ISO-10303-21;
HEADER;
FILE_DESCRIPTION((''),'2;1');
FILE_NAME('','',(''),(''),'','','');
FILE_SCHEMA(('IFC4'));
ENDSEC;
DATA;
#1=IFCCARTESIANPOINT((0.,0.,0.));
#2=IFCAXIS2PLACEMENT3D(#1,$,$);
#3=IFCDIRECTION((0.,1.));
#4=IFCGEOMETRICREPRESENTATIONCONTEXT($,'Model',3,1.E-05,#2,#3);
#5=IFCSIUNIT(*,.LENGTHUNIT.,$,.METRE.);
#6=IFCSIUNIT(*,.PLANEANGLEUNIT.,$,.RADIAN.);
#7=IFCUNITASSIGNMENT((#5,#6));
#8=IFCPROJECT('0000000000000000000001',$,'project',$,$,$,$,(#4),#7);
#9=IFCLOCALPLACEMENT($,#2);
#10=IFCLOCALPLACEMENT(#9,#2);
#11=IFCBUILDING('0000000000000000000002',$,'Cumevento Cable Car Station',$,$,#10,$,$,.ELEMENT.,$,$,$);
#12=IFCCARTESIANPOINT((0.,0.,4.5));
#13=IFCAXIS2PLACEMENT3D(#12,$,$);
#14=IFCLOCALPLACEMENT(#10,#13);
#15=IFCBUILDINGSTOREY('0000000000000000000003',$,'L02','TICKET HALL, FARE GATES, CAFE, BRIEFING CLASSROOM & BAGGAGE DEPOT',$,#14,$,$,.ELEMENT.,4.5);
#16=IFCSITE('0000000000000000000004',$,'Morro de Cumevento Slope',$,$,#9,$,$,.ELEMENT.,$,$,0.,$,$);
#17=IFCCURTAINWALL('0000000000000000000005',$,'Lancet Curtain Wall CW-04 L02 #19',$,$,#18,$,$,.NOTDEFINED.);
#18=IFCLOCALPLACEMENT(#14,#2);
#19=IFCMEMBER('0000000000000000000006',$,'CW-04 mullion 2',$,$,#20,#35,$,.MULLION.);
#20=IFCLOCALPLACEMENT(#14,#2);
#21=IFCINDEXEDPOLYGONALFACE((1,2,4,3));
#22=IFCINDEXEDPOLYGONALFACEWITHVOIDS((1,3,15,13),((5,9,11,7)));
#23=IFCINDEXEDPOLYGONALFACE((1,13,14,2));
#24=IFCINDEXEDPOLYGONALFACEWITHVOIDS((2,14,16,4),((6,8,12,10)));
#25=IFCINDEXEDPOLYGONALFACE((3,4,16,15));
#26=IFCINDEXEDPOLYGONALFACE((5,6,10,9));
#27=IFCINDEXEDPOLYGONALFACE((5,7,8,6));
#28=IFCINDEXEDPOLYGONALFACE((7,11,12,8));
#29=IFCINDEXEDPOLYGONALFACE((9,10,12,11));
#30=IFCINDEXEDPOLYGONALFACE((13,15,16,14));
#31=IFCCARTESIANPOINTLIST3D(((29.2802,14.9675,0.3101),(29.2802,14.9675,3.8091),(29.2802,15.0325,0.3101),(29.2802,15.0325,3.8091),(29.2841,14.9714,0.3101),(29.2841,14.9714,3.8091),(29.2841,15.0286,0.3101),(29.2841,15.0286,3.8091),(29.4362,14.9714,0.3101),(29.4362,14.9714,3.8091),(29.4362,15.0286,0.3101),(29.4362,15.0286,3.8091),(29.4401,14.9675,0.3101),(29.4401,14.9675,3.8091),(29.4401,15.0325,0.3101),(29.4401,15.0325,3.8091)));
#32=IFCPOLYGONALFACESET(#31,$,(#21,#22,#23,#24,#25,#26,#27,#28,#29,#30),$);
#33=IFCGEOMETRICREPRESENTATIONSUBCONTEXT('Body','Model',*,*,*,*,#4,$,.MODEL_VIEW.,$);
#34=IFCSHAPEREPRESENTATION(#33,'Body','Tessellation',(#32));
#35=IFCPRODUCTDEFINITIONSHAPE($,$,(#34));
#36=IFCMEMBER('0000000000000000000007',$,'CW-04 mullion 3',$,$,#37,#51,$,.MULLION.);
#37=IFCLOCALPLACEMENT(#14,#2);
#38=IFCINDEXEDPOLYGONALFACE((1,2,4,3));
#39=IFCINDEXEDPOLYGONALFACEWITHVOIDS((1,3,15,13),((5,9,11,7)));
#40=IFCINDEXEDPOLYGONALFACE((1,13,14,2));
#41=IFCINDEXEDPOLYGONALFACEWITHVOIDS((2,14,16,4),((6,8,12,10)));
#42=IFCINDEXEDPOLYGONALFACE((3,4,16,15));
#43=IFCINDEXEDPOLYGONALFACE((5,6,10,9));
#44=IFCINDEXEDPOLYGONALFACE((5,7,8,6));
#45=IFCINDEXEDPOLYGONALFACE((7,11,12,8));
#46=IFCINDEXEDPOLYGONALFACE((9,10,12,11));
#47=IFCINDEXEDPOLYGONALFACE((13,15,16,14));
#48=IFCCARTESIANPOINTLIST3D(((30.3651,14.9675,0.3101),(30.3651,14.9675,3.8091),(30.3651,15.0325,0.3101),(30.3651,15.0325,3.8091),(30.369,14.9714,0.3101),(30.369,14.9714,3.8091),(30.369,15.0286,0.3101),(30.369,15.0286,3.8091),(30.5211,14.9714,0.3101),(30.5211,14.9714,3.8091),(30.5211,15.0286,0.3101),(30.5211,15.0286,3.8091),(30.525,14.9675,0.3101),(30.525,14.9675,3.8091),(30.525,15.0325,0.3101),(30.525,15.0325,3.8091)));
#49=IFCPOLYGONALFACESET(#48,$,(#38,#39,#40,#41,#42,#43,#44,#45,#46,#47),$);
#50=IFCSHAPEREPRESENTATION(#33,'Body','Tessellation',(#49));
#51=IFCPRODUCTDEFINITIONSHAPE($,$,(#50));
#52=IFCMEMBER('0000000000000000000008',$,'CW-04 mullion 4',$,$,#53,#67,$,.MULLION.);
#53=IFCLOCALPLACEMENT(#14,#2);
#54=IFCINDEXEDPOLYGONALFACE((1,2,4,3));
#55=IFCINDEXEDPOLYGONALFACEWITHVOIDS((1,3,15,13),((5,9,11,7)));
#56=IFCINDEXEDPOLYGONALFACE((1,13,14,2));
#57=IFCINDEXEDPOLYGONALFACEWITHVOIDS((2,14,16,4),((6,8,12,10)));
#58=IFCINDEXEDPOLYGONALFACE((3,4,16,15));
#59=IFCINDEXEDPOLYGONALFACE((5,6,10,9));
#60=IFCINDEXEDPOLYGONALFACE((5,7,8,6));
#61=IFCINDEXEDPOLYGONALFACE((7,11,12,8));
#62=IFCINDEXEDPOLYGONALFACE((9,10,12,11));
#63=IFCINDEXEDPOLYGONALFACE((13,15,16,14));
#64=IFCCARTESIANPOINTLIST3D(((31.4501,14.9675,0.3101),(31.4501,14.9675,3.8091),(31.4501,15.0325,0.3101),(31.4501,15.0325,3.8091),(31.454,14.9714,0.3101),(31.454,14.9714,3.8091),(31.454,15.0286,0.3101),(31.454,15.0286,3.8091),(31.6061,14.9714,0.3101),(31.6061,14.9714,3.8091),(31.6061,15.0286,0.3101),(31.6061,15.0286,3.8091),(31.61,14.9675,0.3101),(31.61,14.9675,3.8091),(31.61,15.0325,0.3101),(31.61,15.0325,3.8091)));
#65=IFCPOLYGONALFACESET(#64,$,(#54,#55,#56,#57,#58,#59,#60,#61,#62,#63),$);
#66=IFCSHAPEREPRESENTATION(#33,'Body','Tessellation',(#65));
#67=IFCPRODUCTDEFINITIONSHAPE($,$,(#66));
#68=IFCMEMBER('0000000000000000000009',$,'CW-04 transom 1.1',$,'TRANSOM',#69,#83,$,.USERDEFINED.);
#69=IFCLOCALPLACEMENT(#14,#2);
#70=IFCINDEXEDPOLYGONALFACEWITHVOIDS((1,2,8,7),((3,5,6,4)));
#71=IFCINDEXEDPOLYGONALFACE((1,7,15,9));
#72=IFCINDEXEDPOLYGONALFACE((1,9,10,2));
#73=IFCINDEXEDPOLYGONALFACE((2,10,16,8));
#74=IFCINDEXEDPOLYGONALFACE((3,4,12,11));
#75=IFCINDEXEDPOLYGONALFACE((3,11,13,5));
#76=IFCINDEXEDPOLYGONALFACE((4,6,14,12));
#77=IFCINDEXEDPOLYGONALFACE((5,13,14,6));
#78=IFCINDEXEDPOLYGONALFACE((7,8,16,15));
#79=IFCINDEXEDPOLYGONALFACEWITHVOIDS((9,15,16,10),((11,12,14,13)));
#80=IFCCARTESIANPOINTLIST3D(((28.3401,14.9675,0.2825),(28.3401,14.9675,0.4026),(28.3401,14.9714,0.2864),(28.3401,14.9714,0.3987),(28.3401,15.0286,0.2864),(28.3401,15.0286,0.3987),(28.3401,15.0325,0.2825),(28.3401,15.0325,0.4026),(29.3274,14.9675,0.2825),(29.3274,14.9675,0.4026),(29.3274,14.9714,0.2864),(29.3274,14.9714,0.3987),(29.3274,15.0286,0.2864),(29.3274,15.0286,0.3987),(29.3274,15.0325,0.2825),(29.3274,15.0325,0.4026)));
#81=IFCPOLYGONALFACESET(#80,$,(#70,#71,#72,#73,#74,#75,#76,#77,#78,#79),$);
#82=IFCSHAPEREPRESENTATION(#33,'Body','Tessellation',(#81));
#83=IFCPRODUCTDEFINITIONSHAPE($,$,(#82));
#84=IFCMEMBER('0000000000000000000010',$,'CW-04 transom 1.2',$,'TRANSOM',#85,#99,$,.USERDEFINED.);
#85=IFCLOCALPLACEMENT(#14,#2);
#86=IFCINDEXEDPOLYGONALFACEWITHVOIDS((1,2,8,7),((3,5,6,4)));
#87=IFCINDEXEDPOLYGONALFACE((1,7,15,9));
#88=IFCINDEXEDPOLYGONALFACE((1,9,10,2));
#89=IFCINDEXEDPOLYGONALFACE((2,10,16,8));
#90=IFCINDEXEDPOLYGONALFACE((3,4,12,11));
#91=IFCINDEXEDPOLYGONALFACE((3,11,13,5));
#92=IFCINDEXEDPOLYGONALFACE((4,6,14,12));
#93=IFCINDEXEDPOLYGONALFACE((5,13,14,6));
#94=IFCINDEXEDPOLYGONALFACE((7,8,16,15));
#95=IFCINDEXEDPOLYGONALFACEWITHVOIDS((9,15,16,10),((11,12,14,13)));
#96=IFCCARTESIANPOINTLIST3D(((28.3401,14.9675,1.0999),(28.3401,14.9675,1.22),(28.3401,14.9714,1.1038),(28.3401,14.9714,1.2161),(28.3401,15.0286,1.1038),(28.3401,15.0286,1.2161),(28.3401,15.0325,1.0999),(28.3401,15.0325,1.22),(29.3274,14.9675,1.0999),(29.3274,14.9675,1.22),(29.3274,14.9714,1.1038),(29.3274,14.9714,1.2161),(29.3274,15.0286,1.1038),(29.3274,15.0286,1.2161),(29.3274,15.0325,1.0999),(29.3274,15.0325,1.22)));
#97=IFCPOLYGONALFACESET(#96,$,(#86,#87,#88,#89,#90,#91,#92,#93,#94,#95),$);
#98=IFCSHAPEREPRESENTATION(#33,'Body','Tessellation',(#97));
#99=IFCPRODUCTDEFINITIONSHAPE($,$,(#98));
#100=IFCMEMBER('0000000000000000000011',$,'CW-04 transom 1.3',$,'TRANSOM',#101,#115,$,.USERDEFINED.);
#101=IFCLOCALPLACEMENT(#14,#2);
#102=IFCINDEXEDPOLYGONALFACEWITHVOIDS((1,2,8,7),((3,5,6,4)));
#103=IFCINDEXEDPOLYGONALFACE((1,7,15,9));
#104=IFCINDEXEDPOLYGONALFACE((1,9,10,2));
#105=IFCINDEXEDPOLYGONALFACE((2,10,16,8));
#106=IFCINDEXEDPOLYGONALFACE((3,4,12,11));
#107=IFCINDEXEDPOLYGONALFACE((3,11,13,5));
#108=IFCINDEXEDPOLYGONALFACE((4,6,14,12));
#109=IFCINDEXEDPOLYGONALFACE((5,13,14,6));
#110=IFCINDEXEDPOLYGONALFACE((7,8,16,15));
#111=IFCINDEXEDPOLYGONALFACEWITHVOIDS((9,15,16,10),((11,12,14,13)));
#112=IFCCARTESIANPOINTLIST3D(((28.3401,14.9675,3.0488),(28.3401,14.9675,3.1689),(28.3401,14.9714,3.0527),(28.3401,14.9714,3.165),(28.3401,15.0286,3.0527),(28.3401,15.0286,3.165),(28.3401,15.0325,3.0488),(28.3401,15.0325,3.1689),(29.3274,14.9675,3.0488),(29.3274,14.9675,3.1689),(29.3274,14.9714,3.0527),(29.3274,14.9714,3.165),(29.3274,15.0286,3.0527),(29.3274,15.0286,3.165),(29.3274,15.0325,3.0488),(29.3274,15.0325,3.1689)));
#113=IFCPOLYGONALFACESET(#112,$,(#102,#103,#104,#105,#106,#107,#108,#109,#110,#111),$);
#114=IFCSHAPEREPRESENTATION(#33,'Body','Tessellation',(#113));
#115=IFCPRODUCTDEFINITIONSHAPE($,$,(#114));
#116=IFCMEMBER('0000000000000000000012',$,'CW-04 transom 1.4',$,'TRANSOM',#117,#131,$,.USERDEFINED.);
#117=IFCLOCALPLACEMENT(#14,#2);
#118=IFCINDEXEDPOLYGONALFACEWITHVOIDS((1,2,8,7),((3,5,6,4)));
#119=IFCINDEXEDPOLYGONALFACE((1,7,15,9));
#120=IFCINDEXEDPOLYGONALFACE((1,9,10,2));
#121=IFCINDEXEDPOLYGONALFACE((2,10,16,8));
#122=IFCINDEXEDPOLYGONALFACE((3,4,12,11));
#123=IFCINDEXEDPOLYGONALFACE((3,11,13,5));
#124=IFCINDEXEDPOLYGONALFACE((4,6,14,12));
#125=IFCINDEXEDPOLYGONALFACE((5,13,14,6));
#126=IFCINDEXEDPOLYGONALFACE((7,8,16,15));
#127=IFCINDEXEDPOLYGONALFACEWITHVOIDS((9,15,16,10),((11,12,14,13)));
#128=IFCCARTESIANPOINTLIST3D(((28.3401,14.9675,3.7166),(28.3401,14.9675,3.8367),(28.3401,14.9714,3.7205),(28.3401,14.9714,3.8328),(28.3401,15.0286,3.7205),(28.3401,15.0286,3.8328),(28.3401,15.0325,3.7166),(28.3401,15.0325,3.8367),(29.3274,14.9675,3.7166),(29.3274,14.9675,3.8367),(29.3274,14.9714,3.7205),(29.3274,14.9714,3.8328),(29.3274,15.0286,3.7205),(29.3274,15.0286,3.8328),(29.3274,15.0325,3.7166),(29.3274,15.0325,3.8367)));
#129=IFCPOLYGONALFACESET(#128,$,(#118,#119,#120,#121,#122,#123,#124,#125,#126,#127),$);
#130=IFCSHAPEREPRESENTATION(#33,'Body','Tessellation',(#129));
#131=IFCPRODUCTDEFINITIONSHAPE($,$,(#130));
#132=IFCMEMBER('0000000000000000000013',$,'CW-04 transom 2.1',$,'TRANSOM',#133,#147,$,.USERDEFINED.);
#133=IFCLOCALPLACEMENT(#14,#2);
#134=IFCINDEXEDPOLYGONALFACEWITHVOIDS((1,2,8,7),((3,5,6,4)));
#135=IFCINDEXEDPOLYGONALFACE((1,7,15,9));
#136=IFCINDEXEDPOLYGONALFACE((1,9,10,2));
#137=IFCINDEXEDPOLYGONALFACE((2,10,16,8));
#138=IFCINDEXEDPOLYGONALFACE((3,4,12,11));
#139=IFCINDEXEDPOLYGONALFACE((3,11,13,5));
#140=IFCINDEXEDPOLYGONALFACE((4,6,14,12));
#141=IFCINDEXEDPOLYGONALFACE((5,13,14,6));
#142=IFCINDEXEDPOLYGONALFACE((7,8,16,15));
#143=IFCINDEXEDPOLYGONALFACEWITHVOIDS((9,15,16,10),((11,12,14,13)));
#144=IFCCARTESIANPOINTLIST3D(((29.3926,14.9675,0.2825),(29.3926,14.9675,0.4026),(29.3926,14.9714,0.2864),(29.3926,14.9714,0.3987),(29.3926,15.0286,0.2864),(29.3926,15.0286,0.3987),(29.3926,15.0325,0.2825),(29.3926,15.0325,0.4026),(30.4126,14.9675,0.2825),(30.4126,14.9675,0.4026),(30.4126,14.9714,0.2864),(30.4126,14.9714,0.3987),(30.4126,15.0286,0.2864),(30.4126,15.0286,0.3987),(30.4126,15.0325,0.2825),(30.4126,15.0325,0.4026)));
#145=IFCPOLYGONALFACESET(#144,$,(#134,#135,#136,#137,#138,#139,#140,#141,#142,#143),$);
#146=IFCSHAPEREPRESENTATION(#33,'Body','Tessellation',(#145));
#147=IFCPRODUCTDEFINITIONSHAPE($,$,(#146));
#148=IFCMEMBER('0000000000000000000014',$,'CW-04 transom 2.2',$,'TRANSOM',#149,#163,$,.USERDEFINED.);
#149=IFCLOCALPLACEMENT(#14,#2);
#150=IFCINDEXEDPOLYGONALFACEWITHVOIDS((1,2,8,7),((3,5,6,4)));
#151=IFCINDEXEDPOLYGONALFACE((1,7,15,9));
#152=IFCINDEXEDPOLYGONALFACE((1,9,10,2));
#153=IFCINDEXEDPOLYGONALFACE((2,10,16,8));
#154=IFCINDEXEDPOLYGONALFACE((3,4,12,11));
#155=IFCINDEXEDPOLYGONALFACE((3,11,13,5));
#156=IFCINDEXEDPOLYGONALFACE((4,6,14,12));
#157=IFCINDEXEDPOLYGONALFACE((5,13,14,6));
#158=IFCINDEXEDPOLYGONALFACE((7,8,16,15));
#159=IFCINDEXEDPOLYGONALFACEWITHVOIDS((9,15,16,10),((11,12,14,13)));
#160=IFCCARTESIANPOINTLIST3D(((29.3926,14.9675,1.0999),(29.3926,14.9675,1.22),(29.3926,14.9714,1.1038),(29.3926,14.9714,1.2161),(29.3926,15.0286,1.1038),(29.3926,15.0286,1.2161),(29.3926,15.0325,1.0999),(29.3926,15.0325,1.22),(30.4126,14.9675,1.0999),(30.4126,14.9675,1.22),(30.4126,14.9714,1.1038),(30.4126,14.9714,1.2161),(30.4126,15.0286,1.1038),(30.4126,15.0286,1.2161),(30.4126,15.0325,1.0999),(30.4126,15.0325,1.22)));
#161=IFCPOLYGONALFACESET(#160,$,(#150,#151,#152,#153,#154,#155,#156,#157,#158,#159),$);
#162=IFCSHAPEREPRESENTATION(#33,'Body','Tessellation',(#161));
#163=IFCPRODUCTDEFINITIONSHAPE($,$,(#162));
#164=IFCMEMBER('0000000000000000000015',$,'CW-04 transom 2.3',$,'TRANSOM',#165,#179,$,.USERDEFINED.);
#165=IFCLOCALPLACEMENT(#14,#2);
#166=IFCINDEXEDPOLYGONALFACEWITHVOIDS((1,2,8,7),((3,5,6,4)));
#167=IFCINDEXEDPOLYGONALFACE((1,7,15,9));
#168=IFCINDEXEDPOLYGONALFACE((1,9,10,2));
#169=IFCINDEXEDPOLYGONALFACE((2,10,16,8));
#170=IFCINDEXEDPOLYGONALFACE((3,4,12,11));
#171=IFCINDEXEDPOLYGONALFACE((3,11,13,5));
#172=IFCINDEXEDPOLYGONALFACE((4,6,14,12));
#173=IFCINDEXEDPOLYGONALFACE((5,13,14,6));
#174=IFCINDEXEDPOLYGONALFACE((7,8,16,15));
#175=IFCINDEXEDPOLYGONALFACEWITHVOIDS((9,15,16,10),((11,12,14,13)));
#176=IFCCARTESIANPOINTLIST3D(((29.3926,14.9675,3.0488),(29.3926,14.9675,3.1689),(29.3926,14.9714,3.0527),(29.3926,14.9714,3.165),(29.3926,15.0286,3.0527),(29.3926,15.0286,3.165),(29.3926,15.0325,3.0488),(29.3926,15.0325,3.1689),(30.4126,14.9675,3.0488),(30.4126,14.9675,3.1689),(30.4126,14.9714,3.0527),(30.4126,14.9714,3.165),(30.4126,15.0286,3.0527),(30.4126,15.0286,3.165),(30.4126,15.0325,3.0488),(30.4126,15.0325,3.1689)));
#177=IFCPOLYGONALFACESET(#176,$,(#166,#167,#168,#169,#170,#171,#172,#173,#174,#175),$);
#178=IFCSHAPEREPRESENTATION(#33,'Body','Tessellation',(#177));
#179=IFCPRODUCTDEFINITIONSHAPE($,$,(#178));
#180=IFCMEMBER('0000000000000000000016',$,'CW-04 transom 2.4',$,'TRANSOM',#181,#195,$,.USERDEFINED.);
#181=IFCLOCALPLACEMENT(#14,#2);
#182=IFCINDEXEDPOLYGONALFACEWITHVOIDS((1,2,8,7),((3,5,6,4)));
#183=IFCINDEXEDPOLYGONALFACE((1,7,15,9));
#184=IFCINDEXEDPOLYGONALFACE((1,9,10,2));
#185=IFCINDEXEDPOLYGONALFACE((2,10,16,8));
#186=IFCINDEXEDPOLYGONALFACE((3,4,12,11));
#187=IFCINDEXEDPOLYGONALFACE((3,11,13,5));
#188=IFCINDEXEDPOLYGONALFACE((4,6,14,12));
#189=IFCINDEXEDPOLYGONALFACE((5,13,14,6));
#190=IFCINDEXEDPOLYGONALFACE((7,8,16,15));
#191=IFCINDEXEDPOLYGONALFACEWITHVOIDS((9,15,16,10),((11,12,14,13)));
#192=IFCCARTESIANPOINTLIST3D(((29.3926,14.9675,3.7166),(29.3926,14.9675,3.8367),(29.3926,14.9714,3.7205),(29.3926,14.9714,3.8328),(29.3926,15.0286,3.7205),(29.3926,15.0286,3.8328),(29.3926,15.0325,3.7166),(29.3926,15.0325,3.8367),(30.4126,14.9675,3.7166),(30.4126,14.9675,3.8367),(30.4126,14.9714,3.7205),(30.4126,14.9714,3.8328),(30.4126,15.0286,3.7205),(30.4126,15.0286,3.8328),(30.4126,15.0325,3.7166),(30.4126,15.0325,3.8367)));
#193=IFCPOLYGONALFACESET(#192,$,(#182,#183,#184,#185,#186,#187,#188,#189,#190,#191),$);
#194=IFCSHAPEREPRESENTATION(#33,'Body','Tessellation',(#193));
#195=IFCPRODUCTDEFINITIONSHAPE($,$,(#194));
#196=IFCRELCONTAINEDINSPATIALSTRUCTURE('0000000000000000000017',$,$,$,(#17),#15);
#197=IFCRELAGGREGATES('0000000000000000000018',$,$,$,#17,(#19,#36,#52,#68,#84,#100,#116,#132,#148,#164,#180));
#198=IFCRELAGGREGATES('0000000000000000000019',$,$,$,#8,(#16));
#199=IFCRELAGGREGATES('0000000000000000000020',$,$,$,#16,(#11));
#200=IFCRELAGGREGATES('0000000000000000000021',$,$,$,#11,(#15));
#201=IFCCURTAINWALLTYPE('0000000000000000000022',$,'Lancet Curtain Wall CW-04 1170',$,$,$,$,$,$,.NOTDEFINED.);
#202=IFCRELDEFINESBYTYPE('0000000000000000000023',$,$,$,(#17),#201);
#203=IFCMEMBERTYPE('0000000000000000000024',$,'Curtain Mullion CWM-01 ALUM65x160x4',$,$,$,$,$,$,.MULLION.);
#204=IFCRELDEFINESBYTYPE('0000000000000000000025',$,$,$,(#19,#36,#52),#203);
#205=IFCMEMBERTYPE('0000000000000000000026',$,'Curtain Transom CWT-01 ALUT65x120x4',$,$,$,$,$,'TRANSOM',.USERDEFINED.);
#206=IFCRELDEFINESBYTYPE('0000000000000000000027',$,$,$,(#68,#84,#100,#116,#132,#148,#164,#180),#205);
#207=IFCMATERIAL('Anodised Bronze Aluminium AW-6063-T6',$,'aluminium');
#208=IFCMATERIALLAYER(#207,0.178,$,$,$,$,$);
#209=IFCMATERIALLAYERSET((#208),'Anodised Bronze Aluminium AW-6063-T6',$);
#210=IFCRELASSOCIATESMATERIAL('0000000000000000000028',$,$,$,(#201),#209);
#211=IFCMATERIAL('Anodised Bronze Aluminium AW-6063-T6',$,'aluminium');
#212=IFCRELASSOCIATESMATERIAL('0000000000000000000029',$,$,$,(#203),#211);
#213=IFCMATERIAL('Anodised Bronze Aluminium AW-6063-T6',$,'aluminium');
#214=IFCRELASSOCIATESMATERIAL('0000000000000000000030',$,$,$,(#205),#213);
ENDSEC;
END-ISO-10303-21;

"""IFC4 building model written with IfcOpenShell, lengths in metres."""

from ifc_helpers import new_model, si_unit, direction, frame, origin, origin_2d, place, context, subcontext, project, spatial, hollow_rectangle, extrude, material, layer, layer_set, material_profile, profile_set, type_object, element, aggregate, save


model = new_model("IFC4")

# Units and contexts
model_context = context("Model", 3, precision=1e-05, world=origin(), true_north=direction((0.0, 1.0)))
body_context = subcontext(model_context, "Body", "Model", "MODEL_VIEW")
ifc_project = project(units=[si_unit("LENGTHUNIT", "METRE"), si_unit("PLANEANGLEUNIT", "RADIAN")], contexts=[model_context])

# Site, building, storey
site_placement = place(None, origin())
site = spatial("IfcSite", under=ifc_project, at=site_placement, Name="Morro de Cumevento Slope", CompositionType="ELEMENT", RefElevation=0.0)
building_placement = place(site_placement, origin())
building = spatial("IfcBuilding", under=site, at=building_placement, Name="Cumevento Cable Car Station", CompositionType="ELEMENT")
storey_placement = place(building_placement, frame((0.0, 0.0, 4.5)))
storey = spatial("IfcBuildingStorey", under=building, at=storey_placement, Name="L02", Description="TICKET HALL, FARE GATES, CAFE, BRIEFING CLASSROOM & BAGGAGE DEPOT", CompositionType="ELEMENT", Elevation=4.5)

# Curtain wall, members
ifc_material_1 = material(Name="Anodised Bronze Aluminium AW-6063-T6", Category="aluminium")
ifc_layer_1 = layer(ifc_material_1, 0.178)
ifc_layer_set_1 = layer_set([ifc_layer_1], Name="Anodised Bronze Aluminium AW-6063-T6")
curtain_wall_type = type_object("IfcCurtainWallType", Name="Lancet Curtain Wall CW-04 1170", PredefinedType="NOTDEFINED", material=ifc_layer_set_1)
curtain_wall_placement = place(storey_placement, origin())
curtain_wall = element("IfcCurtainWall", 1, at=curtain_wall_placement, inside=storey, type_object=curtain_wall_type, Name="Lancet Curtain Wall CW-04 L02 #19", PredefinedType="NOTDEFINED")
ifc_material_2 = material(Name="Anodised Bronze Aluminium AW-6063-T6", Category="aluminium")
ifc_material_profile_1 = material_profile(ifc_material_2, hollow_rectangle(XDim=0.0649, YDim=0.1599, WallThickness=0.0039, at=origin_2d()), Name="ALUM65x160x4")
ifc_profile_set_1 = profile_set([ifc_material_profile_1], Name="Anodised Bronze Aluminium AW-6063-T6")
member_type_1 = type_object("IfcMemberType", Name="Curtain Mullion CWM-01 ALUM65x160x4", PredefinedType="MULLION", material=ifc_profile_set_1)
member_1_placement = place(storey_placement, frame((29.3601, 15.0, 0.3101), z_axis=(0.0, 0.0, 1.0), x_axis=(0.0, 1.0, 0.0)))
member_1 = element("IfcMember", 2, at=member_1_placement, type_object=member_type_1, Name="CW-04 mullion 2", PredefinedType="MULLION", context=body_context, shape_type="SweptSolid", body=[
    extrude(hollow_rectangle(XDim=0.0649, YDim=0.1599, WallThickness=0.0039, at=origin_2d()), origin(), (0.0, 0.0, 1.0), 3.499),
])
member_2_placement = place(storey_placement, frame((30.4451, 15.0, 0.3101), z_axis=(0.0, 0.0, 1.0), x_axis=(0.0, 1.0, 0.0)))
member_2 = element("IfcMember", 3, at=member_2_placement, type_object=member_type_1, Name="CW-04 mullion 3", PredefinedType="MULLION", context=body_context, shape_type="SweptSolid", body=[
    extrude(hollow_rectangle(XDim=0.0649, YDim=0.1599, WallThickness=0.0039, at=origin_2d()), origin(), (0.0, 0.0, 1.0), 3.499),
])
member_3_placement = place(storey_placement, frame((31.53, 15.0, 0.3101), z_axis=(0.0, 0.0, 1.0), x_axis=(0.0, 1.0, 0.0)))
member_3 = element("IfcMember", 4, at=member_3_placement, type_object=member_type_1, Name="CW-04 mullion 4", PredefinedType="MULLION", context=body_context, shape_type="SweptSolid", body=[
    extrude(hollow_rectangle(XDim=0.0649, YDim=0.1599, WallThickness=0.0039, at=origin_2d()), origin(), (0.0, 0.0, 1.0), 3.499),
])
ifc_material_3 = material(Name="Anodised Bronze Aluminium AW-6063-T6", Category="aluminium")
ifc_material_profile_2 = material_profile(ifc_material_3, hollow_rectangle(XDim=0.0649, YDim=0.1201, WallThickness=0.0039, at=origin_2d()), Name="ALUT65x120x4")
ifc_profile_set_2 = profile_set([ifc_material_profile_2], Name="Anodised Bronze Aluminium AW-6063-T6")
member_type_2 = type_object("IfcMemberType", Name="Curtain Transom CWT-01 ALUT65x120x4", ElementType="TRANSOM", PredefinedType="USERDEFINED", material=ifc_profile_set_2)
member_4_placement = place(storey_placement, frame((28.3401, 15.0, 0.3425), z_axis=(1.0, 0.0, 0.0), x_axis=(0.0, 1.0, 0.0)))
member_4 = element("IfcMember", 5, at=member_4_placement, type_object=member_type_2, Name="CW-04 transom 1.1", ObjectType="TRANSOM", PredefinedType="USERDEFINED", context=body_context, shape_type="SweptSolid", body=[
    extrude(hollow_rectangle(XDim=0.0649, YDim=0.1201, WallThickness=0.0039, at=origin_2d()), origin(), (0.0, 0.0, 1.0), 0.9873),
])
member_5_placement = place(storey_placement, frame((28.3401, 15.0, 1.1599), z_axis=(1.0, 0.0, 0.0), x_axis=(0.0, 1.0, 0.0)))
member_5 = element("IfcMember", 6, at=member_5_placement, type_object=member_type_2, Name="CW-04 transom 1.2", ObjectType="TRANSOM", PredefinedType="USERDEFINED", context=body_context, shape_type="SweptSolid", body=[
    extrude(hollow_rectangle(XDim=0.0649, YDim=0.1201, WallThickness=0.0039, at=origin_2d()), origin(), (0.0, 0.0, 1.0), 0.9873),
])
member_6_placement = place(storey_placement, frame((28.3401, 15.0, 3.1089), z_axis=(1.0, 0.0, 0.0), x_axis=(0.0, 1.0, 0.0)))
member_6 = element("IfcMember", 7, at=member_6_placement, type_object=member_type_2, Name="CW-04 transom 1.3", ObjectType="TRANSOM", PredefinedType="USERDEFINED", context=body_context, shape_type="SweptSolid", body=[
    extrude(hollow_rectangle(XDim=0.0649, YDim=0.1201, WallThickness=0.0039, at=origin_2d()), origin(), (0.0, 0.0, 1.0), 0.9873),
])
member_7_placement = place(storey_placement, frame((28.3401, 15.0, 3.7766), z_axis=(1.0, 0.0, 0.0), x_axis=(0.0, 1.0, 0.0)))
member_7 = element("IfcMember", 8, at=member_7_placement, type_object=member_type_2, Name="CW-04 transom 1.4", ObjectType="TRANSOM", PredefinedType="USERDEFINED", context=body_context, shape_type="SweptSolid", body=[
    extrude(hollow_rectangle(XDim=0.0649, YDim=0.1201, WallThickness=0.0039, at=origin_2d()), origin(), (0.0, 0.0, 1.0), 0.9873),
])
member_8_placement = place(storey_placement, frame((29.3926, 15.0, 0.3425), z_axis=(1.0, 0.0, 0.0), x_axis=(0.0, 1.0, 0.0)))
member_8 = element("IfcMember", 9, at=member_8_placement, type_object=member_type_2, Name="CW-04 transom 2.1", ObjectType="TRANSOM", PredefinedType="USERDEFINED", context=body_context, shape_type="SweptSolid", body=[
    extrude(hollow_rectangle(XDim=0.0649, YDim=0.1201, WallThickness=0.0039, at=origin_2d()), origin(), (0.0, 0.0, 1.0), 1.02),
])
member_9_placement = place(storey_placement, frame((29.3926, 15.0, 1.1599), z_axis=(1.0, 0.0, 0.0), x_axis=(0.0, 1.0, 0.0)))
member_9 = element("IfcMember", 10, at=member_9_placement, type_object=member_type_2, Name="CW-04 transom 2.2", ObjectType="TRANSOM", PredefinedType="USERDEFINED", context=body_context, shape_type="SweptSolid", body=[
    extrude(hollow_rectangle(XDim=0.0649, YDim=0.1201, WallThickness=0.0039, at=origin_2d()), origin(), (0.0, 0.0, 1.0), 1.02),
])
member_10_placement = place(storey_placement, frame((29.3926, 15.0, 3.1089), z_axis=(1.0, 0.0, 0.0), x_axis=(0.0, 1.0, 0.0)))
member_10 = element("IfcMember", 11, at=member_10_placement, type_object=member_type_2, Name="CW-04 transom 2.3", ObjectType="TRANSOM", PredefinedType="USERDEFINED", context=body_context, shape_type="SweptSolid", body=[
    extrude(hollow_rectangle(XDim=0.0649, YDim=0.1201, WallThickness=0.0039, at=origin_2d()), origin(), (0.0, 0.0, 1.0), 1.02),
])
member_11_placement = place(storey_placement, frame((29.3926, 15.0, 3.7766), z_axis=(1.0, 0.0, 0.0), x_axis=(0.0, 1.0, 0.0)))
member_11 = element("IfcMember", 12, at=member_11_placement, type_object=member_type_2, Name="CW-04 transom 2.4", ObjectType="TRANSOM", PredefinedType="USERDEFINED", context=body_context, shape_type="SweptSolid", body=[
    extrude(hollow_rectangle(XDim=0.0649, YDim=0.1201, WallThickness=0.0039, at=origin_2d()), origin(), (0.0, 0.0, 1.0), 1.02),
])
aggregate(curtain_wall, [member_1, member_2, member_3, member_4, member_5, member_6, member_7, member_8, member_9, member_10, member_11])

save(model, "model.ifc")
